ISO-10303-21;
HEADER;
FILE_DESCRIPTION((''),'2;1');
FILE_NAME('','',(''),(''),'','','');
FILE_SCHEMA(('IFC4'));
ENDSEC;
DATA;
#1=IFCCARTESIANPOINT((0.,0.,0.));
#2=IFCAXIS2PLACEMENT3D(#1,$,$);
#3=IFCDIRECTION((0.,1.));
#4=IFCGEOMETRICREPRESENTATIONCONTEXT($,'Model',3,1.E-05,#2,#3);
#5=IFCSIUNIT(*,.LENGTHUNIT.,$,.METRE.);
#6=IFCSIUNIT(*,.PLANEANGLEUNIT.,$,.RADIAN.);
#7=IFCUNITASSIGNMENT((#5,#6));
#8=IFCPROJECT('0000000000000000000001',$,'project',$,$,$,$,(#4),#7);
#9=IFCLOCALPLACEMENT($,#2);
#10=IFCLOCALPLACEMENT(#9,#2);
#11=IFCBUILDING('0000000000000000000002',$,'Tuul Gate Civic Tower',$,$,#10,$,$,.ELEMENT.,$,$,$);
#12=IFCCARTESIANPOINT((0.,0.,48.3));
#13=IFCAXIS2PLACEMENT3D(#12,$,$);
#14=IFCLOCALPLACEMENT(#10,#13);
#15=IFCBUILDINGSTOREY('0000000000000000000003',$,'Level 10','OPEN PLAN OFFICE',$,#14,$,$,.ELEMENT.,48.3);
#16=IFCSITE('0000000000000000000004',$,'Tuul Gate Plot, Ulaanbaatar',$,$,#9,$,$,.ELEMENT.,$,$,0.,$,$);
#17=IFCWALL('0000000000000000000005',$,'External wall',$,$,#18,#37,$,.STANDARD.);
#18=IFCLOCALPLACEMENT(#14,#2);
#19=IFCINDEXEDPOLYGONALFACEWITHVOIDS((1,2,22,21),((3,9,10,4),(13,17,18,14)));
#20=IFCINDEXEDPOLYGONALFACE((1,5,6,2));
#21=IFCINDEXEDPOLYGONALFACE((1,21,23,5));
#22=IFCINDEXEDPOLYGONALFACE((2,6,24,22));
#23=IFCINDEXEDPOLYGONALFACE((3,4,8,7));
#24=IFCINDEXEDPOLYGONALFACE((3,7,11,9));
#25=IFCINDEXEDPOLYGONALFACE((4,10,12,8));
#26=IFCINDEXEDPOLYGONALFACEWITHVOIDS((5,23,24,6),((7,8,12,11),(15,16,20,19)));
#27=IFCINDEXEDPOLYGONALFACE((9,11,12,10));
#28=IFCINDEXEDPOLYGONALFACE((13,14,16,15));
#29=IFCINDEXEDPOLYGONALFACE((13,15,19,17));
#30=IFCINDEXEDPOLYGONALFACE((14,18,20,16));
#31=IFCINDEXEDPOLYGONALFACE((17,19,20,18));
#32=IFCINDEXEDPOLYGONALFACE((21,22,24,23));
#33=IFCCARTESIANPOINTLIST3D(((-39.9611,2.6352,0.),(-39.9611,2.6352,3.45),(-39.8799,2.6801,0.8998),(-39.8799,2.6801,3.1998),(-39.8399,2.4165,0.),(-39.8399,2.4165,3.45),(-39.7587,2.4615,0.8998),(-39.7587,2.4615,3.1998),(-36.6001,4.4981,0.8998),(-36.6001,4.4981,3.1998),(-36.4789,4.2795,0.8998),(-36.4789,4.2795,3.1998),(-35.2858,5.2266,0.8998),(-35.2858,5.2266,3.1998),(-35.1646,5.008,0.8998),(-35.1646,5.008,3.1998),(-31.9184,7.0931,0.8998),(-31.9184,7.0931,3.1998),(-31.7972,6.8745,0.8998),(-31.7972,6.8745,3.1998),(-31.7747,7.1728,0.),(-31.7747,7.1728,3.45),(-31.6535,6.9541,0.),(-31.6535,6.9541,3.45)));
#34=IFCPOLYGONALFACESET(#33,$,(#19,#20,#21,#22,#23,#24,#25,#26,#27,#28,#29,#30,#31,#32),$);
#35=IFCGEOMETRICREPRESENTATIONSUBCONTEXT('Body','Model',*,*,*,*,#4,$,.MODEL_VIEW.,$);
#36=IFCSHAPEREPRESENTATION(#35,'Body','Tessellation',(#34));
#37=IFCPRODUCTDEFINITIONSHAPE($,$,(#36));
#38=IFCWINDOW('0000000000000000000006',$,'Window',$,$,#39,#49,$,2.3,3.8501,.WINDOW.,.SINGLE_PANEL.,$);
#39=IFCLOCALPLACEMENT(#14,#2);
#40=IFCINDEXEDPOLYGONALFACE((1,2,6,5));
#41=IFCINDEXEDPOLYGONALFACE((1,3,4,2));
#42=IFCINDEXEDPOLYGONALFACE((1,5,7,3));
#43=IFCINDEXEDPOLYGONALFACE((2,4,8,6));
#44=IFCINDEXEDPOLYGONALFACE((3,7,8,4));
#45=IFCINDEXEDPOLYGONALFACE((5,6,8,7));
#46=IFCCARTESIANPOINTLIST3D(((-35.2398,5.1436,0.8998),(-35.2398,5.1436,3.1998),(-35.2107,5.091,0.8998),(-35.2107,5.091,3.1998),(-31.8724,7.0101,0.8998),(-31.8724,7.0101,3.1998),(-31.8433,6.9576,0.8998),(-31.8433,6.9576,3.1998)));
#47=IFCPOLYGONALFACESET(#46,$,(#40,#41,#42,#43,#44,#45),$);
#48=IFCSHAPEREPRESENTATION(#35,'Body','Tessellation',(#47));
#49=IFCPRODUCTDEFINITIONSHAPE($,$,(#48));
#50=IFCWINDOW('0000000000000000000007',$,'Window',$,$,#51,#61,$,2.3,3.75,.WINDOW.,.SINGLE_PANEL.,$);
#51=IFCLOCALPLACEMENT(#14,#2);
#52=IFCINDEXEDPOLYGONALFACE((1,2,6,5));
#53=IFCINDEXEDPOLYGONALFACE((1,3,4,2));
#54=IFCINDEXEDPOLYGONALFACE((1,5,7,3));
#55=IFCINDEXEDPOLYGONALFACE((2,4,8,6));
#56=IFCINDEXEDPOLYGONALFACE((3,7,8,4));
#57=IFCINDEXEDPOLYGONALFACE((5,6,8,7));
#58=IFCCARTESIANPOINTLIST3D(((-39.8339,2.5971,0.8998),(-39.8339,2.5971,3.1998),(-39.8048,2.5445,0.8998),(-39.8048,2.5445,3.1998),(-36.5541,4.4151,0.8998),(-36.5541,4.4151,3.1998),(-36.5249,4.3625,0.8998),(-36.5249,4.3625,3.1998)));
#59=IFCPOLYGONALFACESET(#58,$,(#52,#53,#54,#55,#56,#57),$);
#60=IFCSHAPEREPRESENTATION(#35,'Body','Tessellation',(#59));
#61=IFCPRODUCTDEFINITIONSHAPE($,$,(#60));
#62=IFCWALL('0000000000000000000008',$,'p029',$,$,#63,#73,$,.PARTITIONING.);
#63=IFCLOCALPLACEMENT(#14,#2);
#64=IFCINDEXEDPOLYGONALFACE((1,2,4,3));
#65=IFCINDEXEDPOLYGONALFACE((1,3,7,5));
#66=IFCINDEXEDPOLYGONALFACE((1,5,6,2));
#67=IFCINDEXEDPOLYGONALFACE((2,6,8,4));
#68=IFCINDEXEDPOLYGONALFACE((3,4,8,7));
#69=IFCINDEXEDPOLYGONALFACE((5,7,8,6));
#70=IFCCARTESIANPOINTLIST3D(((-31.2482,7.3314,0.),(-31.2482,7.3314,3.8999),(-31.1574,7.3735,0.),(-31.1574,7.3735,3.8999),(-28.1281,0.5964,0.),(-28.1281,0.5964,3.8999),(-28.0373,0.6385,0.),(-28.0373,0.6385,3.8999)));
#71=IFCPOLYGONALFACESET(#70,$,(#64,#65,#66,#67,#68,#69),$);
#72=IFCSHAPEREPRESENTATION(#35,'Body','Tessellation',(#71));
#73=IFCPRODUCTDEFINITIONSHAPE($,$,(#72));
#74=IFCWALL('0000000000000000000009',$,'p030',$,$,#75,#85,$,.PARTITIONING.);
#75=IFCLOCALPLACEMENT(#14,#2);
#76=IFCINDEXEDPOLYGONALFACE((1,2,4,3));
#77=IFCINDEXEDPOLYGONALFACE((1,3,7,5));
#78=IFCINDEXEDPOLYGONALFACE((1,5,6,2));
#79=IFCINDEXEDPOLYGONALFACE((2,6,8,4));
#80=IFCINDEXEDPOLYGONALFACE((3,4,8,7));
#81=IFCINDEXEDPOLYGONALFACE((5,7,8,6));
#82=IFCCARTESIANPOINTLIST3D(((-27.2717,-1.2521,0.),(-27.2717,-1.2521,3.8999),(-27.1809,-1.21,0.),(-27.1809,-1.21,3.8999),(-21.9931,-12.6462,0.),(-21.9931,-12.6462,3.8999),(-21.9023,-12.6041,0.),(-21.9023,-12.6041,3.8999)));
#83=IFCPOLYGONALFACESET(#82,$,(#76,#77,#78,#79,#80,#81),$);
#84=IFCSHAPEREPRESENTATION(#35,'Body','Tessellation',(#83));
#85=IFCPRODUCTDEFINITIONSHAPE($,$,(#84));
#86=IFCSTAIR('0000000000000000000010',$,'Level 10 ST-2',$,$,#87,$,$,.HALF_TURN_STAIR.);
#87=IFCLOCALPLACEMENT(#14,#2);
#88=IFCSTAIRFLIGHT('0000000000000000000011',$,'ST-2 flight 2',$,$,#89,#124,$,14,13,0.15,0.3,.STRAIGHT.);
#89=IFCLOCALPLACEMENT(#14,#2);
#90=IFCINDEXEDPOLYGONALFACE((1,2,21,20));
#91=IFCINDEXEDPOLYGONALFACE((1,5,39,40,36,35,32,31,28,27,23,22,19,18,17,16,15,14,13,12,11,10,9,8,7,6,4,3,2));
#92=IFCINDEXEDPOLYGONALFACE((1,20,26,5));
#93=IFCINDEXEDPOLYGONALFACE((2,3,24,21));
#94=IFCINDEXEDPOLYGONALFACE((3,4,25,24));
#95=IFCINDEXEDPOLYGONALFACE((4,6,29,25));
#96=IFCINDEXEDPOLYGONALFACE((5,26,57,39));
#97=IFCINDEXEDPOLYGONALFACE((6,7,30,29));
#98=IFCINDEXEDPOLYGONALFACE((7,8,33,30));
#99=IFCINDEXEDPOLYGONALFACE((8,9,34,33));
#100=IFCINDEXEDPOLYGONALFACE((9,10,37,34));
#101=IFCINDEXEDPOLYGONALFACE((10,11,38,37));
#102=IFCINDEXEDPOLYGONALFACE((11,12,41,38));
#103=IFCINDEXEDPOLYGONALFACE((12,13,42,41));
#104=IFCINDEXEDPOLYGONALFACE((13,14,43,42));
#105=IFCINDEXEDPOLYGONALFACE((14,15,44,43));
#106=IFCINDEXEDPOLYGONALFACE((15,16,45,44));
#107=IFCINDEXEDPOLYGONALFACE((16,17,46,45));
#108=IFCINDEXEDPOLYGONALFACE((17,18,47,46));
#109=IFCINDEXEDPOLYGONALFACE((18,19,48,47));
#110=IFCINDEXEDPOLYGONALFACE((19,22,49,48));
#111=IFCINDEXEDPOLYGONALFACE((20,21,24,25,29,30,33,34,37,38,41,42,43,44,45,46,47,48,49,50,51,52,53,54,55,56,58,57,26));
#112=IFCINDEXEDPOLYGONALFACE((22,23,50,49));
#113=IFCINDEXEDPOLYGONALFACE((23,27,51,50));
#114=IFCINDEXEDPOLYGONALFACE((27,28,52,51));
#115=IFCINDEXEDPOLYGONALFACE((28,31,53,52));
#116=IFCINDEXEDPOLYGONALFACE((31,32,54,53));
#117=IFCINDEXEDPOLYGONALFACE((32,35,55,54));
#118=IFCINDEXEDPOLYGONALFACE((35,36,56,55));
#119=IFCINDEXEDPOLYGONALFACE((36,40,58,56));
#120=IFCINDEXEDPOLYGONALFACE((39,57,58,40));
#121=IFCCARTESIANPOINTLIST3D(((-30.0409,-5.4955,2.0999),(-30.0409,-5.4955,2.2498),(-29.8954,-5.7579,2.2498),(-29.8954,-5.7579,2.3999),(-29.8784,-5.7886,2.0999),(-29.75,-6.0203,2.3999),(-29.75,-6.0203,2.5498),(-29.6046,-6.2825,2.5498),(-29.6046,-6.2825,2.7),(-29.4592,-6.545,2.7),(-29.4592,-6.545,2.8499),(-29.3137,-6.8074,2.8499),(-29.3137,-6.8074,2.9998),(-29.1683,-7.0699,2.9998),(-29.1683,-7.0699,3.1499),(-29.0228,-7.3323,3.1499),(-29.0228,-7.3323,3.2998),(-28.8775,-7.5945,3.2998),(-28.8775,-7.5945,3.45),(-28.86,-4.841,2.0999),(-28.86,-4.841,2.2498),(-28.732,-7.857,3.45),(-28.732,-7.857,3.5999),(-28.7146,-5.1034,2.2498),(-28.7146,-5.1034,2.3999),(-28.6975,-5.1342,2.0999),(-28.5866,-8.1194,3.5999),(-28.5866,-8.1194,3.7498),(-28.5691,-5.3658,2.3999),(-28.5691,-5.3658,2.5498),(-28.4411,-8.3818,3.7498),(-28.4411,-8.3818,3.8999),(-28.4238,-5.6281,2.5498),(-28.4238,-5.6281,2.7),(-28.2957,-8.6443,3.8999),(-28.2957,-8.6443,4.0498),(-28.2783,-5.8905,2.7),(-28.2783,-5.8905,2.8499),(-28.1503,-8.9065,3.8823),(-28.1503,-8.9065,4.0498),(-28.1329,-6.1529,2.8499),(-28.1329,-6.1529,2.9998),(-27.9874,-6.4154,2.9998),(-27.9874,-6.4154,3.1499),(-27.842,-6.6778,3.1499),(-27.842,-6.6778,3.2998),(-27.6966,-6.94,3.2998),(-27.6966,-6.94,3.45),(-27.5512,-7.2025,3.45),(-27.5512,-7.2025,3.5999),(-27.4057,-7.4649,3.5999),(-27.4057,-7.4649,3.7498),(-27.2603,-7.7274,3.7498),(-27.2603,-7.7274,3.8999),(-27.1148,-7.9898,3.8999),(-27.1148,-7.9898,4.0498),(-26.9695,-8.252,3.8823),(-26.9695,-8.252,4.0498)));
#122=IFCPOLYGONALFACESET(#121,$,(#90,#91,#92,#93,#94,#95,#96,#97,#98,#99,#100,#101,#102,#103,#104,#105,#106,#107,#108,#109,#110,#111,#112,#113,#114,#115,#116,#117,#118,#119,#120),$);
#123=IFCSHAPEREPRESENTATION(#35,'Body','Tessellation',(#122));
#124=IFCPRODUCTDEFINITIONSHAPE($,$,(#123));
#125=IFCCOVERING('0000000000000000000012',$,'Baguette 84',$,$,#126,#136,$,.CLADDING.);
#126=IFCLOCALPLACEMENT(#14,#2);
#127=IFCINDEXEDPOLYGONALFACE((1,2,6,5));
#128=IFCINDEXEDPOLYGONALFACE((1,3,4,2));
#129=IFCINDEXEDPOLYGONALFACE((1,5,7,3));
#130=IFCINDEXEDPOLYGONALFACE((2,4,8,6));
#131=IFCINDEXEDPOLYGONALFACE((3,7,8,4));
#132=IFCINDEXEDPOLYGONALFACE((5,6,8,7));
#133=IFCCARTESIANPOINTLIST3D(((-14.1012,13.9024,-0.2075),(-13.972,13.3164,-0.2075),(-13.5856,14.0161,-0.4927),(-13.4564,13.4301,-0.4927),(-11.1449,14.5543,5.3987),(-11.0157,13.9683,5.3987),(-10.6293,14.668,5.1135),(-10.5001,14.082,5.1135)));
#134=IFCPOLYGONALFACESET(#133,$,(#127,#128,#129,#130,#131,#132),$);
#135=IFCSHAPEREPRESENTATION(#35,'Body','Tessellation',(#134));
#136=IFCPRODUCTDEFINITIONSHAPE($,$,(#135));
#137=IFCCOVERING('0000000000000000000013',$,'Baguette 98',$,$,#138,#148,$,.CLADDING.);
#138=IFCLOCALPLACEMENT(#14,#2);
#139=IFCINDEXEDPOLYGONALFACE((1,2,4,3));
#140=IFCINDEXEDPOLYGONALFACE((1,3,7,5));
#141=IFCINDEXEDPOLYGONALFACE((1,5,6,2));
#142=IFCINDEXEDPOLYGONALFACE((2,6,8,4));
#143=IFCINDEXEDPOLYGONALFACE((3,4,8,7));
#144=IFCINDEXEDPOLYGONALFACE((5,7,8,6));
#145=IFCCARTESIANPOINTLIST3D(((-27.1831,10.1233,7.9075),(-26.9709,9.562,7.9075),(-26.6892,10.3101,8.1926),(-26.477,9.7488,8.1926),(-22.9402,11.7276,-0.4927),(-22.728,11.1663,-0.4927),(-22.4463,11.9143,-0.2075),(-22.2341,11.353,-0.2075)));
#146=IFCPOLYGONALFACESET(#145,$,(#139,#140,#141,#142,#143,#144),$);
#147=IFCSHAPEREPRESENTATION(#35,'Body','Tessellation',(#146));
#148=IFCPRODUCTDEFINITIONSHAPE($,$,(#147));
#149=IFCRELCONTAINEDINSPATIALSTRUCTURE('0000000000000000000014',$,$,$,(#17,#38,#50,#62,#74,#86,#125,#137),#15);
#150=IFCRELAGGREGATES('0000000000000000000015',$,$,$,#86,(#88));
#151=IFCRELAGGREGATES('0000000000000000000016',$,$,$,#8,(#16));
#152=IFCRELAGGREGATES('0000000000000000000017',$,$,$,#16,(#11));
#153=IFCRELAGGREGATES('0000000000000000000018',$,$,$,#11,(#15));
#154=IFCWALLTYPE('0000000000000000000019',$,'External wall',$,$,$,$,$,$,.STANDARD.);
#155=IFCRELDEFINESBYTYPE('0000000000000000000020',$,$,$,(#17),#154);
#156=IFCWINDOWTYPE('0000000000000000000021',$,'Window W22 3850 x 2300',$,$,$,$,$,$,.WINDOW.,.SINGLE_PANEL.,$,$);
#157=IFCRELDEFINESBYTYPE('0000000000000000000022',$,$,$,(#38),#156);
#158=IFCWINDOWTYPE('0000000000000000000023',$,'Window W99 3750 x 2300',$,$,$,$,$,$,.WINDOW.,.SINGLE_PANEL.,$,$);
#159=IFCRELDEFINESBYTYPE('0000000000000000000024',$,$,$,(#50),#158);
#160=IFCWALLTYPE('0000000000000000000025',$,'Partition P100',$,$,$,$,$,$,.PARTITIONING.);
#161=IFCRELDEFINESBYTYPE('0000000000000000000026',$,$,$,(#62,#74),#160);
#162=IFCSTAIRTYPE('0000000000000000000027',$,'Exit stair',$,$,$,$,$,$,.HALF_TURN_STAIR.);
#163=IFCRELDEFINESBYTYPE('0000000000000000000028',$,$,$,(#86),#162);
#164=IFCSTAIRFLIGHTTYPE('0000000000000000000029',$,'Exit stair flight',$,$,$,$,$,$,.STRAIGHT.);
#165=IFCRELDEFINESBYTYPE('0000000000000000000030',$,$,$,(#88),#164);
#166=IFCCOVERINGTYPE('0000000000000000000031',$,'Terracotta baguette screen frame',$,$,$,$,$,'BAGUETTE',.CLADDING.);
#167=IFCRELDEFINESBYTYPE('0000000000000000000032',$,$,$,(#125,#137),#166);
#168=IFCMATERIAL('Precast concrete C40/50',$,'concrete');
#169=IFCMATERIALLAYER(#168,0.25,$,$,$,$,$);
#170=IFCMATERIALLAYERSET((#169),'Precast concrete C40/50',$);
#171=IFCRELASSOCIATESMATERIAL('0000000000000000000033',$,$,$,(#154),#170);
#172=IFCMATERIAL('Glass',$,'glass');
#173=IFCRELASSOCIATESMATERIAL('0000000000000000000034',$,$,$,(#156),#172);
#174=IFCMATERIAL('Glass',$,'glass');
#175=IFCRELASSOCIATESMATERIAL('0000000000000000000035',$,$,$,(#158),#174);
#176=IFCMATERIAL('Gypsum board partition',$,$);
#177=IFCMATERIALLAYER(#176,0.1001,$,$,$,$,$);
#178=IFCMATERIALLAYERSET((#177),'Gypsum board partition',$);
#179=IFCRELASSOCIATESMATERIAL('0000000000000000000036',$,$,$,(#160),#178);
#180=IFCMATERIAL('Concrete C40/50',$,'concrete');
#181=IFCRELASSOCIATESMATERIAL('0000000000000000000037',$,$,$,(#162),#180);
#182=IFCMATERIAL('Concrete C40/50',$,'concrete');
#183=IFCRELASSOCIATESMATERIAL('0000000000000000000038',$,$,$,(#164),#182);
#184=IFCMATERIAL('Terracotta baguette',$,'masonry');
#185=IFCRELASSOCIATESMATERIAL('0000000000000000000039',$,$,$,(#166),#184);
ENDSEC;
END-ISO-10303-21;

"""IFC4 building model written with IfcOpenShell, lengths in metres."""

from ifc_helpers import new_model, si_unit, direction, frame, frame_2d, origin, origin_2d, place, context, subcontext, project, spatial, polyline, rectangle, outline, extrude, material, layer, layer_set, material_profile, profile_set, type_object, element, fill, aggregate, save


model = new_model("IFC4")

# Units and contexts
model_context = context("Model", 3, precision=1e-05, world=origin(), true_north=direction((0.0, 1.0)))
body_context = subcontext(model_context, "Body", "Model", "MODEL_VIEW")
ifc_project = project(units=[si_unit("LENGTHUNIT", "METRE"), si_unit("PLANEANGLEUNIT", "RADIAN")], contexts=[model_context])

# Site, building, storey
site_placement = place(None, origin())
site = spatial("IfcSite", under=ifc_project, at=site_placement, Name="Tuul Gate Plot, Ulaanbaatar", CompositionType="ELEMENT", RefElevation=0.0)
building_placement = place(site_placement, origin())
building = spatial("IfcBuilding", under=site, at=building_placement, Name="Tuul Gate Civic Tower", CompositionType="ELEMENT")
storey_placement = place(building_placement, frame((0.0, 0.0, 48.3)))
storey = spatial("IfcBuildingStorey", under=building, at=storey_placement, Name="Level 10", Description="OPEN PLAN OFFICE", CompositionType="ELEMENT", Elevation=48.3)

# Wall, openings, windows
ifc_material_1 = material(Name="Precast concrete C40/50", Category="concrete")
ifc_layer_1 = layer(ifc_material_1, 0.25)
ifc_layer_set_1 = layer_set([ifc_layer_1], Name="Precast concrete C40/50")
wall_type_1 = type_object("IfcWallType", Name="External wall", PredefinedType="STANDARD", material=ifc_layer_set_1)
ifc_material_2 = material(Name="Glass", Category="glass")
window_type_1 = type_object("IfcWindowType", Name="Window W22 3850 x 2300", PartitioningType="SINGLE_PANEL", PredefinedType="WINDOW", material=ifc_material_2)
wall_1_placement = place(storey_placement, frame((-31.7141, 7.0635, 0.0), z_axis=(0.0, 0.0, 1.0), x_axis=(-0.874626, -0.484799, 0.0)))
wall_1 = element("IfcWall", 1, at=wall_1_placement, inside=storey, type_object=wall_type_1, Name="External wall", PredefinedType="STANDARD", context=body_context, shape_type="SweptSolid", body=[
    extrude(rectangle(XDim=9.3599, YDim=0.25, at=frame_2d((4.6799, 0.0))), origin(), (0.0, 0.0, 1.0), 3.45),
])
opening_1_placement = place(wall_1_placement, frame((0.1643, 0.0, 0.8999)))
opening_1 = element("IfcOpeningElement", 2, at=opening_1_placement, cuts=wall_1, PredefinedType="OPENING", context=body_context, shape_type="SweptSolid", body=[
    extrude(rectangle(XDim=3.8501, YDim=2.3, at=frame_2d((1.925, 1.1499))), frame((0.0, 0.135, 0.0), z_axis=(0.0, -1.0, 0.0), x_axis=(1.0, 0.0, 0.0)), (0.0, 0.0, 1.0), 0.27),
])
opening_2_placement = place(wall_1_placement, frame((5.5171, 0.0, 0.8999)))
opening_2 = element("IfcOpeningElement", 3, at=opening_2_placement, cuts=wall_1, PredefinedType="OPENING", context=body_context, shape_type="SweptSolid", body=[
    extrude(rectangle(XDim=3.75, YDim=2.3, at=frame_2d((1.875, 1.1499))), frame((0.0, 0.135, 0.0), z_axis=(0.0, -1.0, 0.0), x_axis=(1.0, 0.0, 0.0)), (0.0, 0.0, 1.0), 0.27),
])
window_1_placement = place(opening_1_placement, origin())
window_1 = element("IfcWindow", 4, at=window_1_placement, inside=storey, type_object=window_type_1, Name="Window", OverallHeight=2.3, OverallWidth=3.8501, PartitioningType="SINGLE_PANEL", PredefinedType="WINDOW", context=body_context, shape_type="SweptSolid", body=[
    extrude(rectangle(XDim=3.8501, YDim=2.3, at=frame_2d((1.925, 1.1499))), frame((0.0, 0.03, 0.0), z_axis=(0.0, -1.0, 0.0), x_axis=(1.0, 0.0, 0.0)), (0.0, 0.0, 1.0), 0.0601),
])
fill(opening_1, window_1)
ifc_material_3 = material(Name="Glass", Category="glass")
window_type_2 = type_object("IfcWindowType", Name="Window W99 3750 x 2300", PartitioningType="SINGLE_PANEL", PredefinedType="WINDOW", material=ifc_material_3)
window_2_placement = place(opening_2_placement, origin())
window_2 = element("IfcWindow", 5, at=window_2_placement, inside=storey, type_object=window_type_2, Name="Window", OverallHeight=2.3, OverallWidth=3.75, PartitioningType="SINGLE_PANEL", PredefinedType="WINDOW", context=body_context, shape_type="SweptSolid", body=[
    extrude(rectangle(XDim=3.75, YDim=2.3, at=frame_2d((1.875, 1.1499))), frame((0.0, 0.03, 0.0), z_axis=(0.0, -1.0, 0.0), x_axis=(1.0, 0.0, 0.0)), (0.0, 0.0, 1.0), 0.0601),
])
fill(opening_2, window_2)

# Walls
ifc_material_4 = material(Name="Gypsum board partition")
ifc_layer_2 = layer(ifc_material_4, 0.1001)
ifc_layer_set_2 = layer_set([ifc_layer_2], Name="Gypsum board partition")
wall_type_2 = type_object("IfcWallType", Name="Partition P100", PredefinedType="PARTITIONING", material=ifc_layer_set_2)
wall_2_placement = place(storey_placement, frame((-31.2029, 7.3525, 0.0), z_axis=(0.0, 0.0, 1.0), x_axis=(0.420359, -0.907358, 0.0)))
element("IfcWall", 6, at=wall_2_placement, inside=storey, type_object=wall_type_2, Name="p029", PredefinedType="PARTITIONING", context=body_context, shape_type="SweptSolid", body=[
    extrude(rectangle(XDim=7.4226, YDim=0.1001, at=frame_2d((3.7114, 0.0))), origin(), (0.0, 0.0, 1.0), 3.8999),
])
wall_3_placement = place(storey_placement, frame((-27.2263, -1.231, 0.0), z_axis=(0.0, 0.0, 1.0), x_axis=(0.420356, -0.907359, 0.0)))
element("IfcWall", 7, at=wall_3_placement, inside=storey, type_object=wall_type_2, Name="p030", PredefinedType="PARTITIONING", context=body_context, shape_type="SweptSolid", body=[
    extrude(rectangle(XDim=12.5574, YDim=0.1001, at=frame_2d((6.2788, 0.0))), origin(), (0.0, 0.0, 1.0), 3.8999),
])

# Stair, stair flight
ifc_material_5 = material(Name="Concrete C40/50", Category="concrete")
stair_type = type_object("IfcStairType", Name="Exit stair", PredefinedType="HALF_TURN_STAIR", material=ifc_material_5)
stair_placement = place(storey_placement, origin())
stair = element("IfcStair", 8, at=stair_placement, inside=storey, type_object=stair_type, Name="Level 10 ST-2", PredefinedType="HALF_TURN_STAIR")
ifc_material_6 = material(Name="Concrete C40/50", Category="concrete")
stair_flight_type = type_object("IfcStairFlightType", Name="Exit stair flight", PredefinedType="STRAIGHT", material=ifc_material_6)
stair_flight_placement = place(storey_placement, frame((-29.4504, -5.1682, 2.0999), z_axis=(0.0, 0.0, 1.0), x_axis=(0.484762, -0.874646, 0.0)))
stair_flight = element("IfcStairFlight", 9, at=stair_flight_placement, type_object=stair_flight_type, Name="ST-2 flight 2", NumberOfRisers=14, NumberOfTreads=13, PredefinedType="STRAIGHT", RiserHeight=0.15, TreadLength=0.3, context=body_context, shape_type="SweptSolid", body=[
    extrude(outline(polyline([(0.0, 0.0), (0.0, 0.1499), (0.3, 0.1499), (0.3, 0.3), (0.6001, 0.3), (0.6001, 0.45), (0.8999, 0.45), (0.8999, 0.6001), (1.2, 0.6001), (1.2, 0.75), (1.5, 0.75), (1.5, 0.8999), (1.8, 0.8999), (1.8, 1.05), (2.1001, 1.05), (2.1001, 1.2), (2.3999, 1.2), (2.3999, 1.3501), (2.7, 1.3501), (2.7, 1.5), (3.0, 1.5), (3.0, 1.6499), (3.3, 1.6499), (3.3, 1.8), (3.6001, 1.8), (3.6001, 1.95), (3.8999, 1.95), (3.8999, 2.1001), (3.8999, 1.7825), (0.3352, 0.0), (0.0, 0.0)])), frame((0.0, 0.675, 0.0), z_axis=(0.0, -1.0, 0.0), x_axis=(1.0, 0.0, 0.0)), (0.0, 0.0, 1.0), 1.3501),
])
aggregate(stair, [stair_flight])

# Coverings
ifc_material_7 = material(Name="Terracotta baguette", Category="masonry")
ifc_material_profile_1 = material_profile(ifc_material_7, rectangle(XDim=0.6001, YDim=0.6001, at=origin_2d()), Name="Terracotta baguette screen frame")
ifc_profile_set_1 = profile_set([ifc_material_profile_1], Name="Terracotta baguette")
covering_type = type_object("IfcCoveringType", Name="Terracotta baguette screen frame", ElementType="BAGUETTE", PredefinedType="CLADDING", material=ifc_profile_set_1)
covering_1_placement = place(storey_placement, frame((-10.8225, 14.3181, 5.2561), z_axis=(-0.463999, -0.10231, -0.879908), x_axis=(0.215325, -0.976542, 0.0)))
element("IfcCovering", 10, at=covering_1_placement, inside=storey, type_object=covering_type, Name="Baguette 84", PredefinedType="CLADDING", context=body_context, shape_type="SweptSolid", body=[
    extrude(rectangle(XDim=0.6001, YDim=0.6001, at=origin_2d()), origin(), (0.0, 0.0, 1.0), 6.3713),
])
covering_2_placement = place(storey_placement, frame((-26.8301, 9.936, 8.05), z_axis=(0.444441, 0.168043, -0.879906), x_axis=(-0.353664, 0.935372, 0.0)))
element("IfcCovering", 11, at=covering_2_placement, inside=storey, type_object=covering_type, Name="Baguette 98", PredefinedType="CLADDING", context=body_context, shape_type="SweptSolid", body=[
    extrude(rectangle(XDim=0.6001, YDim=0.6001, at=origin_2d()), origin(), (0.0, 0.0, 1.0), 9.5466),
])

save(model, "model.ifc")
